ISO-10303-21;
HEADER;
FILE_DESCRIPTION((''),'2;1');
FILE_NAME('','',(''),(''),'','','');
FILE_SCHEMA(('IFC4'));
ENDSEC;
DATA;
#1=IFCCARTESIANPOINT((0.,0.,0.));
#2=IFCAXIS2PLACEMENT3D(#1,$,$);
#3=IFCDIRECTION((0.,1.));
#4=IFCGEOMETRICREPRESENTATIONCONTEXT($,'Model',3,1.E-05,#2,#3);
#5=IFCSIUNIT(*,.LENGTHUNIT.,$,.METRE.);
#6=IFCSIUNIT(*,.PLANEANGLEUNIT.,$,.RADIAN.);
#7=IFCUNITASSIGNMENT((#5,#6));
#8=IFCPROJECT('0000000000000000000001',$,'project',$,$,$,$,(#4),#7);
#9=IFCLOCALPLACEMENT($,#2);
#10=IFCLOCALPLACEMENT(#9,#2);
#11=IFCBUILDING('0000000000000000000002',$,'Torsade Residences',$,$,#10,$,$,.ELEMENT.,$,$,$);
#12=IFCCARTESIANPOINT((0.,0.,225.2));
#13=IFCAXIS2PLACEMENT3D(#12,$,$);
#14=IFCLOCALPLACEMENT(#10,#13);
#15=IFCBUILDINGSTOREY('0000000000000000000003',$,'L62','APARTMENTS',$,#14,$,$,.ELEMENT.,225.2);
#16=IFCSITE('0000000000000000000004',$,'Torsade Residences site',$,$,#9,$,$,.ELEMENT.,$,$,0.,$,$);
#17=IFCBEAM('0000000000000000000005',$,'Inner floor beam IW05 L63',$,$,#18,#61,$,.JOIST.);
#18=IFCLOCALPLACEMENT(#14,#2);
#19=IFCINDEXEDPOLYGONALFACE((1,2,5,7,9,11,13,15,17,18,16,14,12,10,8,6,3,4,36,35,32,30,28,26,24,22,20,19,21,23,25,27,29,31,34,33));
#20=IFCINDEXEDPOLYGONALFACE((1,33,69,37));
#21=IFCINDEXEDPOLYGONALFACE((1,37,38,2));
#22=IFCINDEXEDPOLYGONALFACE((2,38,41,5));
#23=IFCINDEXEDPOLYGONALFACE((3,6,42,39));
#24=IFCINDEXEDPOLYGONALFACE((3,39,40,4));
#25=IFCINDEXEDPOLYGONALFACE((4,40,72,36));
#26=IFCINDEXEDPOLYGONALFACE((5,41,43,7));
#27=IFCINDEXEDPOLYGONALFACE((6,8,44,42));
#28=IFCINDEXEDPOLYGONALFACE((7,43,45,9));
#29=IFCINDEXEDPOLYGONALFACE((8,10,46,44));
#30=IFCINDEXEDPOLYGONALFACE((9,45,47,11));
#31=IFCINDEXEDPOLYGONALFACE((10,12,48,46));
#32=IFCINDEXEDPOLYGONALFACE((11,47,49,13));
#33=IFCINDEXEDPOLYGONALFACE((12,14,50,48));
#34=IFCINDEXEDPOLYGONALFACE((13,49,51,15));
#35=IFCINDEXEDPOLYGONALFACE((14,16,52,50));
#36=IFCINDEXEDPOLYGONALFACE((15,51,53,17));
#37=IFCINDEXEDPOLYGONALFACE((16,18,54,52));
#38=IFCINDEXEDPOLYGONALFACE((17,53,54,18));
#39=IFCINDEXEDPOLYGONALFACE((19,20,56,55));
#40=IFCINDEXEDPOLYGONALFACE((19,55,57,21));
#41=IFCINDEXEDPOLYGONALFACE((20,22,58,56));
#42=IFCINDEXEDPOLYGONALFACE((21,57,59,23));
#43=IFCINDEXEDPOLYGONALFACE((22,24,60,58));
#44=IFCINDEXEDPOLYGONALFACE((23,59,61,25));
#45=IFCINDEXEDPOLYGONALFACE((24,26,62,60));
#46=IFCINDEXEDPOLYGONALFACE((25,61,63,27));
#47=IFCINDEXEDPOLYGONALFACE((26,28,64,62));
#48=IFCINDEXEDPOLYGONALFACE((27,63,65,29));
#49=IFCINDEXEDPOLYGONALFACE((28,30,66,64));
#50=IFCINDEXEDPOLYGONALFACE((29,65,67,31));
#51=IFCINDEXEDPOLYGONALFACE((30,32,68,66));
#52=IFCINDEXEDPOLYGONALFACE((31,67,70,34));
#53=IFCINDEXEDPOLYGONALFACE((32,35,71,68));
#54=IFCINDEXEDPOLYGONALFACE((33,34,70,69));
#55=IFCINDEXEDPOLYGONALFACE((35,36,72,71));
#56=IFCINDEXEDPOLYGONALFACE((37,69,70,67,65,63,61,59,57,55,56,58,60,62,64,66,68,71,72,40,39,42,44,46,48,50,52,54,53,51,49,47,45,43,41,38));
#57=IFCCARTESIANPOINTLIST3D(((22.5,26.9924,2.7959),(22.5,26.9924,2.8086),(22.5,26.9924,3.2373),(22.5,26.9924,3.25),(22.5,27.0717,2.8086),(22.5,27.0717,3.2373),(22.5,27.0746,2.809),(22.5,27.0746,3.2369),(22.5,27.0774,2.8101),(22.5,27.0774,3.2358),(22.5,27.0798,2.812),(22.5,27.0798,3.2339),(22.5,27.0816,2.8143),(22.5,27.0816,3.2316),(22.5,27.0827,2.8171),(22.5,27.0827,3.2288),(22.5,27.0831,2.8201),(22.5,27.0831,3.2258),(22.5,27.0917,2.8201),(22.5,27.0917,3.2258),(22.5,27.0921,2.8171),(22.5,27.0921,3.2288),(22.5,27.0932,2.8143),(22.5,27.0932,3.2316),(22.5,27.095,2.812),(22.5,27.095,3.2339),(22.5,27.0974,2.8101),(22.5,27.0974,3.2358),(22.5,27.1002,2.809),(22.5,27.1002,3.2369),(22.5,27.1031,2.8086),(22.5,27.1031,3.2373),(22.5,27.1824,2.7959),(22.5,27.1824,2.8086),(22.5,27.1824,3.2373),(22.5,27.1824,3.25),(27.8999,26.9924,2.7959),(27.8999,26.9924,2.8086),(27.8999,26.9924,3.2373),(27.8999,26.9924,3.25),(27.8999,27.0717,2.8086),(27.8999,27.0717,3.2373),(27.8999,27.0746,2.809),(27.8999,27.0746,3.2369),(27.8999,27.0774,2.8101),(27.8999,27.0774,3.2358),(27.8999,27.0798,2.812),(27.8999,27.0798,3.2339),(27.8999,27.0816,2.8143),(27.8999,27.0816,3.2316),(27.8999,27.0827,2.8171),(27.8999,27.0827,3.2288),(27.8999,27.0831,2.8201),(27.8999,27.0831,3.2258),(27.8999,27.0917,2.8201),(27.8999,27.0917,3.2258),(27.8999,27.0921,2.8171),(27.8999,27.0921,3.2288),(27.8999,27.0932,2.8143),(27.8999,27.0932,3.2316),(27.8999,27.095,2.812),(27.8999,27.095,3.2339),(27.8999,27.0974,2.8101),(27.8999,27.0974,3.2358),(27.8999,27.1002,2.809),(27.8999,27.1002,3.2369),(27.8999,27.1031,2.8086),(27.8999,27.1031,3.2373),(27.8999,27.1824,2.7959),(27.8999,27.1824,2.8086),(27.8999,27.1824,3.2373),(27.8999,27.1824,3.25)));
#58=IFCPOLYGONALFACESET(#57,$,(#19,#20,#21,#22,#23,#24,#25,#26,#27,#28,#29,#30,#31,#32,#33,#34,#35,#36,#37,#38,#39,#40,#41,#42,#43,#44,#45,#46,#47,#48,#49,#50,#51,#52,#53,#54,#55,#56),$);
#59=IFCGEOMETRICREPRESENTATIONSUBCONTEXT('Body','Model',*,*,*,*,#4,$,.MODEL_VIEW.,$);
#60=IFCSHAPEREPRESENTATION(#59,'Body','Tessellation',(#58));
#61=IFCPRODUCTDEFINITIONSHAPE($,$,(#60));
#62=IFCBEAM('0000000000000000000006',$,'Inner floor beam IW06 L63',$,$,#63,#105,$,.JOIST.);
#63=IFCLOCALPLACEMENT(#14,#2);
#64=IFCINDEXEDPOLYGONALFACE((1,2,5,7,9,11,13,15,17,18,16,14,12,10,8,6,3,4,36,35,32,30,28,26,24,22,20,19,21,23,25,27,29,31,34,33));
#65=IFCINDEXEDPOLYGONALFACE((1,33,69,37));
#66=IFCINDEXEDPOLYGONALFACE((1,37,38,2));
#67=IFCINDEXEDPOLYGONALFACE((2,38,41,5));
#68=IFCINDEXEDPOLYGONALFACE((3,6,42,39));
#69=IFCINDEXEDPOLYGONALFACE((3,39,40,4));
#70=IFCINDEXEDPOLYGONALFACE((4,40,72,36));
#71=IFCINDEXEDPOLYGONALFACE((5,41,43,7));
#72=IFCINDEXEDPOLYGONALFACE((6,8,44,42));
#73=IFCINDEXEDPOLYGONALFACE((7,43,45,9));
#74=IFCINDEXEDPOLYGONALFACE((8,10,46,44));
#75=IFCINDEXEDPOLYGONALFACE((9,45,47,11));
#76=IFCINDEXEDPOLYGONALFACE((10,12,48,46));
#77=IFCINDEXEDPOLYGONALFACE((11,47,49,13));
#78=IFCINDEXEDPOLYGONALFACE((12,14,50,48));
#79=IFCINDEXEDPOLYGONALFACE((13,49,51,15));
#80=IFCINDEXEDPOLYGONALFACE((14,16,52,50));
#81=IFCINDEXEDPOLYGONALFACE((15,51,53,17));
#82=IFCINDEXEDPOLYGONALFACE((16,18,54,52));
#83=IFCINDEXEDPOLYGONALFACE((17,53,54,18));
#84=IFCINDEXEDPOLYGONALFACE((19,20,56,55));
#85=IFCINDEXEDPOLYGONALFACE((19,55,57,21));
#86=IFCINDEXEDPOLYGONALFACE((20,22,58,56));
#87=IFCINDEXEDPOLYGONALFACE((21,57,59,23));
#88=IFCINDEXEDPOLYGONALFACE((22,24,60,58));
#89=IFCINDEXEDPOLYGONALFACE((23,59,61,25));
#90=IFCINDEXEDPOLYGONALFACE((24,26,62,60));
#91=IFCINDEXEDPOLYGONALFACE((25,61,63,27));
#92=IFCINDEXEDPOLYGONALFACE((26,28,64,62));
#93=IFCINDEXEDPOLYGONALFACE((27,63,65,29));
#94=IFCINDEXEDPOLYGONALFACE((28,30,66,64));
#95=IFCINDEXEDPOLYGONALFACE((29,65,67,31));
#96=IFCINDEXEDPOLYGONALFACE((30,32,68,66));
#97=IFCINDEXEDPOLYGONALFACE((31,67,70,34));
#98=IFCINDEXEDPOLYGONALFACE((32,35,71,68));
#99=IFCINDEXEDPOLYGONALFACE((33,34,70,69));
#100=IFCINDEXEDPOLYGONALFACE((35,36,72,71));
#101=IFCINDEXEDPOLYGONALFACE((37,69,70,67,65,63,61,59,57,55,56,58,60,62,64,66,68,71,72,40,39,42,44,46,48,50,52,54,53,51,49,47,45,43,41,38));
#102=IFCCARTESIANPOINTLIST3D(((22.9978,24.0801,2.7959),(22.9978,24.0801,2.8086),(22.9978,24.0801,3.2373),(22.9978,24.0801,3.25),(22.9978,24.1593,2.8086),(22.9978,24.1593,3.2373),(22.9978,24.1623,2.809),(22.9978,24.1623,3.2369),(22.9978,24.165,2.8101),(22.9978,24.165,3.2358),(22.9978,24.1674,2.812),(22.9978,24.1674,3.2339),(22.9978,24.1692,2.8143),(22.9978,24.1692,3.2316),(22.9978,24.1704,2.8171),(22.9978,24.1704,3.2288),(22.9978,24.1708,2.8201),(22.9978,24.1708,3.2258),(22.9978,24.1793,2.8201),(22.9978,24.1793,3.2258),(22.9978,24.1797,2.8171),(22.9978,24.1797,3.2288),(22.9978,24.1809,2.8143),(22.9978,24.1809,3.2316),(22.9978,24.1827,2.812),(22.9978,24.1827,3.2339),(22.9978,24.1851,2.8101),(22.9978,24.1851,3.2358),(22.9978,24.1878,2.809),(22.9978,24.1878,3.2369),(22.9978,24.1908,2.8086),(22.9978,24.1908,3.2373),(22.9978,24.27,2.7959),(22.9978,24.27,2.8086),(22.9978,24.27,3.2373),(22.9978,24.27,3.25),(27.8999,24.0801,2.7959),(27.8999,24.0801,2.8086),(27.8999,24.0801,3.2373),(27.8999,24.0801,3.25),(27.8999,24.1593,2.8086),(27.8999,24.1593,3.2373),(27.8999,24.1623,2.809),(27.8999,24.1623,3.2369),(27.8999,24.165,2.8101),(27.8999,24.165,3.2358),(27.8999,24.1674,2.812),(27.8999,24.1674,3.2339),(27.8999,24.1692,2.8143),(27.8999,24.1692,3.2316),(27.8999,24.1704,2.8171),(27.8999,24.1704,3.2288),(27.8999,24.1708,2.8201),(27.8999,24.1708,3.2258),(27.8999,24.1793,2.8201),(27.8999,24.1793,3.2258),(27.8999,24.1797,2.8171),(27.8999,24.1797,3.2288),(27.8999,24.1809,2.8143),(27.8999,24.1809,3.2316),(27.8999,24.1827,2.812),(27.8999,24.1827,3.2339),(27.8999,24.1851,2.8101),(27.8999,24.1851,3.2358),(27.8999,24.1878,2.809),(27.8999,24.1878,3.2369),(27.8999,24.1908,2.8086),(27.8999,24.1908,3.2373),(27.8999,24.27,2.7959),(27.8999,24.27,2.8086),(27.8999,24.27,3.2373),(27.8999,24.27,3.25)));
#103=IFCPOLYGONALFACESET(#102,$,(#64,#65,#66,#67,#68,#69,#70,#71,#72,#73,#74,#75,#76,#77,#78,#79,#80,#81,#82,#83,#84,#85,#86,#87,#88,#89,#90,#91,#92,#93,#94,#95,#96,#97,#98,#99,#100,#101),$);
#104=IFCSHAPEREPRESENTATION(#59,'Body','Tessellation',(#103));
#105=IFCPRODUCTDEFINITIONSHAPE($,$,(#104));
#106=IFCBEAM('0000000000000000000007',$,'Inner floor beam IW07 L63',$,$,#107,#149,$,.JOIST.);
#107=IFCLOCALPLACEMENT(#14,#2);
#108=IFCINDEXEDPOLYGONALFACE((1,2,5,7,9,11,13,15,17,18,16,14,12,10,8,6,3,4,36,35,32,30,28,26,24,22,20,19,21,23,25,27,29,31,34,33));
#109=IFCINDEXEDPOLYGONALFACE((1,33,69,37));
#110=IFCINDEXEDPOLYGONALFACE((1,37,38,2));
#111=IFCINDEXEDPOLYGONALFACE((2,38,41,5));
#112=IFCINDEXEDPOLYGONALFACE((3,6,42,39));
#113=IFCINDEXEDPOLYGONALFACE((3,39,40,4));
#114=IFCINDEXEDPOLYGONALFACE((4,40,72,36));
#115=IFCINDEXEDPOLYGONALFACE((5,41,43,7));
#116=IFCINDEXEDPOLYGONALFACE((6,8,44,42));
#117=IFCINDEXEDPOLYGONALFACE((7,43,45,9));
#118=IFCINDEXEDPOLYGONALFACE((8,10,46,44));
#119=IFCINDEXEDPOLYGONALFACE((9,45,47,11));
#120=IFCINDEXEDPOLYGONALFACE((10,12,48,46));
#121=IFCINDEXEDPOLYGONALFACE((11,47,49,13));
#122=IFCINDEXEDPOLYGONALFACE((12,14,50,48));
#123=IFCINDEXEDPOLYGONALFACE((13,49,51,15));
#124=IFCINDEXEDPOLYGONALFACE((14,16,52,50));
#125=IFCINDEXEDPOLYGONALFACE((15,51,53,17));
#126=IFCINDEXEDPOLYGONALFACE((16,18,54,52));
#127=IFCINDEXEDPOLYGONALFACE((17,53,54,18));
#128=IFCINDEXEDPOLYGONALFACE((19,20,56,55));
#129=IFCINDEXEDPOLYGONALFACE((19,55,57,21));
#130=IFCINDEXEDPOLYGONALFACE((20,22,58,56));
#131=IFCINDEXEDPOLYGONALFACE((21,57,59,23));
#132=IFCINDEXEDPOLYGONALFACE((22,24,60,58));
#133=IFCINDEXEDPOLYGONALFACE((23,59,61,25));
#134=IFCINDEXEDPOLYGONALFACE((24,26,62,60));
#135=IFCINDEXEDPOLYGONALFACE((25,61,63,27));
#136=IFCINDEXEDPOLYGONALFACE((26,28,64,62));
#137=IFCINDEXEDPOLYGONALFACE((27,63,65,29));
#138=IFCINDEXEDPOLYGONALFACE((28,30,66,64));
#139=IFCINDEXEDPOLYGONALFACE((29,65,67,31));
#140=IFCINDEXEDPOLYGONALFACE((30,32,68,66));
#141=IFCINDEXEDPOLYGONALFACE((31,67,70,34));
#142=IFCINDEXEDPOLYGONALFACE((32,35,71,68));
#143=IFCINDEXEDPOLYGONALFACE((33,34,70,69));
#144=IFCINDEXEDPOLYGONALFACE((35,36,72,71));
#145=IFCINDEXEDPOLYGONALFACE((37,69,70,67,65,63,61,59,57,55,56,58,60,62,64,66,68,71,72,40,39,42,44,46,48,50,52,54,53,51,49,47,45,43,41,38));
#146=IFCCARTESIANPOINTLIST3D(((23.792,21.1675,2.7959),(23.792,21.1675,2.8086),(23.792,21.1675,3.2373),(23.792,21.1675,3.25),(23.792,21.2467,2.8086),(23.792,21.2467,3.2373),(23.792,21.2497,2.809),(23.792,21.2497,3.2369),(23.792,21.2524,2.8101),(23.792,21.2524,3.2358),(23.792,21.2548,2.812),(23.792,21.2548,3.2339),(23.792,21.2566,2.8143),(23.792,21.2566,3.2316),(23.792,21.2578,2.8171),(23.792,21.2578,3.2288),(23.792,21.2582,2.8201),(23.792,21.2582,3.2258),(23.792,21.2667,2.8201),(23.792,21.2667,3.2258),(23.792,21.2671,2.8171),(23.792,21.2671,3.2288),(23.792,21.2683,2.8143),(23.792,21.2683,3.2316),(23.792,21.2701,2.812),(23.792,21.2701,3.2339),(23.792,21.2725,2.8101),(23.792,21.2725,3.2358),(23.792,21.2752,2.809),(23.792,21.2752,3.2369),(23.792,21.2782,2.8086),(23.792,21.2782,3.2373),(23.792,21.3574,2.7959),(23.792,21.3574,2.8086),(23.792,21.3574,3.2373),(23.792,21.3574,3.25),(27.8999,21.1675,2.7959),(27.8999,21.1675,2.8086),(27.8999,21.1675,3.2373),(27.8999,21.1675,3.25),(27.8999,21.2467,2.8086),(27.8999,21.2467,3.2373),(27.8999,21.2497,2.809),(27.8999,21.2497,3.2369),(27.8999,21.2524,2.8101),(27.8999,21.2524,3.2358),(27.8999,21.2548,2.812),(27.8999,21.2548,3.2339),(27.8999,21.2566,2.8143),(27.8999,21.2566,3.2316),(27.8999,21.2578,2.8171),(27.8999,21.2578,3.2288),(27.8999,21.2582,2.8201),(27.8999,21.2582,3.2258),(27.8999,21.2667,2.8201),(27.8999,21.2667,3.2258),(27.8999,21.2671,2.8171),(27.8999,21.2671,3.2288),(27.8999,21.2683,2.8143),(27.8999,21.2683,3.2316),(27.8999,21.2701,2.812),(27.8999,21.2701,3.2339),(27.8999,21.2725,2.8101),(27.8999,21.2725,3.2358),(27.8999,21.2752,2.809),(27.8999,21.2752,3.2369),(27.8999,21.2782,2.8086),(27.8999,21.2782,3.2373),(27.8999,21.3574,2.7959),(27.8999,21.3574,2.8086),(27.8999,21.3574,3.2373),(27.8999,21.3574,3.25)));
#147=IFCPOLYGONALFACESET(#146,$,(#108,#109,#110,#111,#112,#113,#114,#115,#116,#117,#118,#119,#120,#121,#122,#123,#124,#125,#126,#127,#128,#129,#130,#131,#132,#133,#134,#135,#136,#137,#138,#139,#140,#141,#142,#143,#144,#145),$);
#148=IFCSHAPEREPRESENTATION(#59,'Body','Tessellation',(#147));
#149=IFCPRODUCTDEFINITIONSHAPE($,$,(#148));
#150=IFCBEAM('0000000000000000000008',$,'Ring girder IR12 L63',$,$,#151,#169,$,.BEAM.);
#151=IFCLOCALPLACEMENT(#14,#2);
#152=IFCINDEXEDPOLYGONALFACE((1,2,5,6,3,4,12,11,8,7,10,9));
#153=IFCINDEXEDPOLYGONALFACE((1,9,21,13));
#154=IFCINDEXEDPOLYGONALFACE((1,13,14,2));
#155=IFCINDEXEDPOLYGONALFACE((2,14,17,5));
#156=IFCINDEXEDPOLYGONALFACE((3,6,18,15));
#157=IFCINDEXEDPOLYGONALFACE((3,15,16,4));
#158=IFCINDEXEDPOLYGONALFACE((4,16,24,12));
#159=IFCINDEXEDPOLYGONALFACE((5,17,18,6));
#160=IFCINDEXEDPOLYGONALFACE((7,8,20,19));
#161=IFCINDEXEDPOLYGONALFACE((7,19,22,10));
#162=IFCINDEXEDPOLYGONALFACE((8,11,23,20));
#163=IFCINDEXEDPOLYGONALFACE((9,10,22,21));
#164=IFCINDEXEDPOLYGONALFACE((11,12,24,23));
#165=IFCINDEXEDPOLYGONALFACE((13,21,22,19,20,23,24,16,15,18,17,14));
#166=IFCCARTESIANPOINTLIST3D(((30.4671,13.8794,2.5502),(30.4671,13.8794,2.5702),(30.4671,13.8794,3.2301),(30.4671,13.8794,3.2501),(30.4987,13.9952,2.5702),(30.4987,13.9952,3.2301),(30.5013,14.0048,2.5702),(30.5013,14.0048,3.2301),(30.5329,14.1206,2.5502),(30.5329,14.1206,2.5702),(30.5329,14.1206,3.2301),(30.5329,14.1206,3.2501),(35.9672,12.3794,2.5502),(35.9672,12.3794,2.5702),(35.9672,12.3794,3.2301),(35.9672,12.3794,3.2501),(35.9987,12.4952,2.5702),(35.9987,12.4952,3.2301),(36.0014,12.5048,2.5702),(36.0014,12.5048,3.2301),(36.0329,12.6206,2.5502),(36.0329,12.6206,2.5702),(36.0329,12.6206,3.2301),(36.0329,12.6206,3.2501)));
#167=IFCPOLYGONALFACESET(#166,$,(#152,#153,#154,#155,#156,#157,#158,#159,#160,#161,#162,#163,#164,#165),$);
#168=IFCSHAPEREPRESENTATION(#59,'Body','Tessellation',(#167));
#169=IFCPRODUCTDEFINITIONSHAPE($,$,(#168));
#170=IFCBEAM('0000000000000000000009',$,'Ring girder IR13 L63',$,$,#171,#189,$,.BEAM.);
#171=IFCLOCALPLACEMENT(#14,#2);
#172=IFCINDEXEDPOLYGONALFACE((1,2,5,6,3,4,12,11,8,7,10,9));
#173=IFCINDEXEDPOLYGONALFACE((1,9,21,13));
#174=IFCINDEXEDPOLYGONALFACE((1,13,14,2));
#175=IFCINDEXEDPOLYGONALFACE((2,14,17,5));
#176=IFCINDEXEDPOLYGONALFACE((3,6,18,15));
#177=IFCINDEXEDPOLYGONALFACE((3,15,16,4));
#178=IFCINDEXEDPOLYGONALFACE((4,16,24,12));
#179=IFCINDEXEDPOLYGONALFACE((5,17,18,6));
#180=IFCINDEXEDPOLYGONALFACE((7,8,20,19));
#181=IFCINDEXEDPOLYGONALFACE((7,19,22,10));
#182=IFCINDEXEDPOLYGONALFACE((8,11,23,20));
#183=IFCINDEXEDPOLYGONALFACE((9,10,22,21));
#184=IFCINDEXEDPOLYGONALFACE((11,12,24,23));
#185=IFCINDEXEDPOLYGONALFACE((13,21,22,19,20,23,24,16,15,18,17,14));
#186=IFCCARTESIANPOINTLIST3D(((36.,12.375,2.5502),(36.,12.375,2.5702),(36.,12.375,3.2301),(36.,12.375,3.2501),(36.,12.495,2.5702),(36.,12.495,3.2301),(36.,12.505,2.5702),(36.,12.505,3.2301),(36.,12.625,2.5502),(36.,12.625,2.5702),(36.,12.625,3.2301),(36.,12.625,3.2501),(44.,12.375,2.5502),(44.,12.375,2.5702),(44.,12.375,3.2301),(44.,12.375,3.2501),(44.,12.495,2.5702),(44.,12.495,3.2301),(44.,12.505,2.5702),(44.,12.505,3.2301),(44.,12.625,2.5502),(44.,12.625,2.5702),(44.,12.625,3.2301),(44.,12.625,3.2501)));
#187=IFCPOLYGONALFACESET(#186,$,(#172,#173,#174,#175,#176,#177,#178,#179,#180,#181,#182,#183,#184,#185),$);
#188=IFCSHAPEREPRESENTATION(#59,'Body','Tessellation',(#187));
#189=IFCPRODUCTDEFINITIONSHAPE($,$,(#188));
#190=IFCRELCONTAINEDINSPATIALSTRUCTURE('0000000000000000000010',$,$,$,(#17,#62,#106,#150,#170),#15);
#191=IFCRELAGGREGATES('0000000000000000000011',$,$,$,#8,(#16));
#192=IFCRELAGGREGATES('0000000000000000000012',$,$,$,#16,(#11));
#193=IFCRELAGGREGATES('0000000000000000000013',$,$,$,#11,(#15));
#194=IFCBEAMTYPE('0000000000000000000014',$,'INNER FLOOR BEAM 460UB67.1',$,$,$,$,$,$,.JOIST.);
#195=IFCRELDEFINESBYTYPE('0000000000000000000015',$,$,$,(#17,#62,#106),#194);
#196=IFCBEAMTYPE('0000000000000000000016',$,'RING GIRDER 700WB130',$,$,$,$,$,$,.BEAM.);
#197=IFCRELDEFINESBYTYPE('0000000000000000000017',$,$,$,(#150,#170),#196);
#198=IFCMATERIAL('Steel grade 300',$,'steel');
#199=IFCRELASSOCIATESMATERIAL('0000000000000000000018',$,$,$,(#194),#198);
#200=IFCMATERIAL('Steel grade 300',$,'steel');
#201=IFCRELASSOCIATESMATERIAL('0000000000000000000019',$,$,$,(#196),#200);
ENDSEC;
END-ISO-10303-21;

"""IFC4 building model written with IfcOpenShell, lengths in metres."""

from ifc_helpers import new_model, si_unit, direction, frame, origin, origin_2d, place, context, subcontext, project, spatial, i_section, extrude, material, material_profile, profile_set, type_object, element, save


model = new_model("IFC4")

# Units and contexts
model_context = context("Model", 3, precision=1e-05, world=origin(), true_north=direction((0.0, 1.0)))
body_context = subcontext(model_context, "Body", "Model", "MODEL_VIEW")
ifc_project = project(units=[si_unit("LENGTHUNIT", "METRE"), si_unit("PLANEANGLEUNIT", "RADIAN")], contexts=[model_context])

# Site, building, storey
site_placement = place(None, origin())
site = spatial("IfcSite", under=ifc_project, at=site_placement, Name="Torsade Residences site", CompositionType="ELEMENT", RefElevation=0.0)
building_placement = place(site_placement, origin())
building = spatial("IfcBuilding", under=site, at=building_placement, Name="Torsade Residences", CompositionType="ELEMENT")
storey_placement = place(building_placement, frame((0.0, 0.0, 225.2)))
storey = spatial("IfcBuildingStorey", under=building, at=storey_placement, Name="L62", Description="APARTMENTS", CompositionType="ELEMENT", Elevation=225.2)

# Beams
ifc_material_1 = material(Name="Steel grade 300", Category="steel")
ifc_material_profile_1 = material_profile(ifc_material_1, i_section(OverallWidth=0.1899, OverallDepth=0.4541, WebThickness=0.0085, FlangeThickness=0.0127, FilletRadius=0.0115, at=origin_2d()), Name="460UB67.1")
ifc_profile_set_1 = profile_set([ifc_material_profile_1], Name="Steel grade 300")
beam_type_1 = type_object("IfcBeamType", Name="INNER FLOOR BEAM 460UB67.1", PredefinedType="JOIST", material=ifc_profile_set_1)
beam_1_placement = place(storey_placement, frame((27.8999, 27.0874, 3.0229), z_axis=(-1.0, 0.0, 0.0), x_axis=(0.0, -1.0, 0.0)))
element("IfcBeam", 1, at=beam_1_placement, inside=storey, type_object=beam_type_1, Name="Inner floor beam IW05 L63", PredefinedType="JOIST", context=body_context, shape_type="SweptSolid", body=[
    extrude(i_section(OverallWidth=0.1899, OverallDepth=0.4541, WebThickness=0.0085, FlangeThickness=0.0127, FilletRadius=0.0115, at=origin_2d()), origin(), (0.0, 0.0, 1.0), 5.3999),
])
beam_2_placement = place(storey_placement, frame((27.8999, 24.175, 3.0229), z_axis=(-1.0, 0.0, 0.0), x_axis=(0.0, -1.0, 0.0)))
element("IfcBeam", 2, at=beam_2_placement, inside=storey, type_object=beam_type_1, Name="Inner floor beam IW06 L63", PredefinedType="JOIST", context=body_context, shape_type="SweptSolid", body=[
    extrude(i_section(OverallWidth=0.1899, OverallDepth=0.4541, WebThickness=0.0085, FlangeThickness=0.0127, FilletRadius=0.0115, at=origin_2d()), origin(), (0.0, 0.0, 1.0), 4.9021),
])
beam_3_placement = place(storey_placement, frame((27.8999, 21.2625, 3.0229), z_axis=(-1.0, 0.0, 0.0), x_axis=(0.0, -1.0, 0.0)))
element("IfcBeam", 3, at=beam_3_placement, inside=storey, type_object=beam_type_1, Name="Inner floor beam IW07 L63", PredefinedType="JOIST", context=body_context, shape_type="SweptSolid", body=[
    extrude(i_section(OverallWidth=0.1899, OverallDepth=0.4541, WebThickness=0.0085, FlangeThickness=0.0127, FilletRadius=0.0115, at=origin_2d()), origin(), (0.0, 0.0, 1.0), 4.1079),
])
ifc_material_2 = material(Name="Steel grade 300", Category="steel")
ifc_material_profile_2 = material_profile(ifc_material_2, i_section(OverallWidth=0.25, OverallDepth=0.7, WebThickness=0.01, FlangeThickness=0.02, at=origin_2d()), Name="700WB130")
ifc_profile_set_2 = profile_set([ifc_material_profile_2], Name="Steel grade 300")
beam_type_2 = type_object("IfcBeamType", Name="RING GIRDER 700WB130", PredefinedType="BEAM", material=ifc_profile_set_2)
beam_4_placement = place(storey_placement, frame((30.5, 14.0, 2.9001), z_axis=(0.964764, -0.263117, 0.0), x_axis=(0.263117, 0.964764, 0.0)))
element("IfcBeam", 4, at=beam_4_placement, inside=storey, type_object=beam_type_2, Name="Ring girder IR12 L63", PredefinedType="BEAM", context=body_context, shape_type="SweptSolid", body=[
    extrude(i_section(OverallWidth=0.25, OverallDepth=0.7, WebThickness=0.01, FlangeThickness=0.02, at=origin_2d()), origin(), (0.0, 0.0, 1.0), 5.7009),
])
beam_5_placement = place(storey_placement, frame((36.0, 12.5, 2.9001), z_axis=(1.0, 0.0, 0.0), x_axis=(0.0, 1.0, 0.0)))
element("IfcBeam", 5, at=beam_5_placement, inside=storey, type_object=beam_type_2, Name="Ring girder IR13 L63", PredefinedType="BEAM", context=body_context, shape_type="SweptSolid", body=[
    extrude(i_section(OverallWidth=0.25, OverallDepth=0.7, WebThickness=0.01, FlangeThickness=0.02, at=origin_2d()), origin(), (0.0, 0.0, 1.0), 8.0),
])

save(model, "model.ifc")
